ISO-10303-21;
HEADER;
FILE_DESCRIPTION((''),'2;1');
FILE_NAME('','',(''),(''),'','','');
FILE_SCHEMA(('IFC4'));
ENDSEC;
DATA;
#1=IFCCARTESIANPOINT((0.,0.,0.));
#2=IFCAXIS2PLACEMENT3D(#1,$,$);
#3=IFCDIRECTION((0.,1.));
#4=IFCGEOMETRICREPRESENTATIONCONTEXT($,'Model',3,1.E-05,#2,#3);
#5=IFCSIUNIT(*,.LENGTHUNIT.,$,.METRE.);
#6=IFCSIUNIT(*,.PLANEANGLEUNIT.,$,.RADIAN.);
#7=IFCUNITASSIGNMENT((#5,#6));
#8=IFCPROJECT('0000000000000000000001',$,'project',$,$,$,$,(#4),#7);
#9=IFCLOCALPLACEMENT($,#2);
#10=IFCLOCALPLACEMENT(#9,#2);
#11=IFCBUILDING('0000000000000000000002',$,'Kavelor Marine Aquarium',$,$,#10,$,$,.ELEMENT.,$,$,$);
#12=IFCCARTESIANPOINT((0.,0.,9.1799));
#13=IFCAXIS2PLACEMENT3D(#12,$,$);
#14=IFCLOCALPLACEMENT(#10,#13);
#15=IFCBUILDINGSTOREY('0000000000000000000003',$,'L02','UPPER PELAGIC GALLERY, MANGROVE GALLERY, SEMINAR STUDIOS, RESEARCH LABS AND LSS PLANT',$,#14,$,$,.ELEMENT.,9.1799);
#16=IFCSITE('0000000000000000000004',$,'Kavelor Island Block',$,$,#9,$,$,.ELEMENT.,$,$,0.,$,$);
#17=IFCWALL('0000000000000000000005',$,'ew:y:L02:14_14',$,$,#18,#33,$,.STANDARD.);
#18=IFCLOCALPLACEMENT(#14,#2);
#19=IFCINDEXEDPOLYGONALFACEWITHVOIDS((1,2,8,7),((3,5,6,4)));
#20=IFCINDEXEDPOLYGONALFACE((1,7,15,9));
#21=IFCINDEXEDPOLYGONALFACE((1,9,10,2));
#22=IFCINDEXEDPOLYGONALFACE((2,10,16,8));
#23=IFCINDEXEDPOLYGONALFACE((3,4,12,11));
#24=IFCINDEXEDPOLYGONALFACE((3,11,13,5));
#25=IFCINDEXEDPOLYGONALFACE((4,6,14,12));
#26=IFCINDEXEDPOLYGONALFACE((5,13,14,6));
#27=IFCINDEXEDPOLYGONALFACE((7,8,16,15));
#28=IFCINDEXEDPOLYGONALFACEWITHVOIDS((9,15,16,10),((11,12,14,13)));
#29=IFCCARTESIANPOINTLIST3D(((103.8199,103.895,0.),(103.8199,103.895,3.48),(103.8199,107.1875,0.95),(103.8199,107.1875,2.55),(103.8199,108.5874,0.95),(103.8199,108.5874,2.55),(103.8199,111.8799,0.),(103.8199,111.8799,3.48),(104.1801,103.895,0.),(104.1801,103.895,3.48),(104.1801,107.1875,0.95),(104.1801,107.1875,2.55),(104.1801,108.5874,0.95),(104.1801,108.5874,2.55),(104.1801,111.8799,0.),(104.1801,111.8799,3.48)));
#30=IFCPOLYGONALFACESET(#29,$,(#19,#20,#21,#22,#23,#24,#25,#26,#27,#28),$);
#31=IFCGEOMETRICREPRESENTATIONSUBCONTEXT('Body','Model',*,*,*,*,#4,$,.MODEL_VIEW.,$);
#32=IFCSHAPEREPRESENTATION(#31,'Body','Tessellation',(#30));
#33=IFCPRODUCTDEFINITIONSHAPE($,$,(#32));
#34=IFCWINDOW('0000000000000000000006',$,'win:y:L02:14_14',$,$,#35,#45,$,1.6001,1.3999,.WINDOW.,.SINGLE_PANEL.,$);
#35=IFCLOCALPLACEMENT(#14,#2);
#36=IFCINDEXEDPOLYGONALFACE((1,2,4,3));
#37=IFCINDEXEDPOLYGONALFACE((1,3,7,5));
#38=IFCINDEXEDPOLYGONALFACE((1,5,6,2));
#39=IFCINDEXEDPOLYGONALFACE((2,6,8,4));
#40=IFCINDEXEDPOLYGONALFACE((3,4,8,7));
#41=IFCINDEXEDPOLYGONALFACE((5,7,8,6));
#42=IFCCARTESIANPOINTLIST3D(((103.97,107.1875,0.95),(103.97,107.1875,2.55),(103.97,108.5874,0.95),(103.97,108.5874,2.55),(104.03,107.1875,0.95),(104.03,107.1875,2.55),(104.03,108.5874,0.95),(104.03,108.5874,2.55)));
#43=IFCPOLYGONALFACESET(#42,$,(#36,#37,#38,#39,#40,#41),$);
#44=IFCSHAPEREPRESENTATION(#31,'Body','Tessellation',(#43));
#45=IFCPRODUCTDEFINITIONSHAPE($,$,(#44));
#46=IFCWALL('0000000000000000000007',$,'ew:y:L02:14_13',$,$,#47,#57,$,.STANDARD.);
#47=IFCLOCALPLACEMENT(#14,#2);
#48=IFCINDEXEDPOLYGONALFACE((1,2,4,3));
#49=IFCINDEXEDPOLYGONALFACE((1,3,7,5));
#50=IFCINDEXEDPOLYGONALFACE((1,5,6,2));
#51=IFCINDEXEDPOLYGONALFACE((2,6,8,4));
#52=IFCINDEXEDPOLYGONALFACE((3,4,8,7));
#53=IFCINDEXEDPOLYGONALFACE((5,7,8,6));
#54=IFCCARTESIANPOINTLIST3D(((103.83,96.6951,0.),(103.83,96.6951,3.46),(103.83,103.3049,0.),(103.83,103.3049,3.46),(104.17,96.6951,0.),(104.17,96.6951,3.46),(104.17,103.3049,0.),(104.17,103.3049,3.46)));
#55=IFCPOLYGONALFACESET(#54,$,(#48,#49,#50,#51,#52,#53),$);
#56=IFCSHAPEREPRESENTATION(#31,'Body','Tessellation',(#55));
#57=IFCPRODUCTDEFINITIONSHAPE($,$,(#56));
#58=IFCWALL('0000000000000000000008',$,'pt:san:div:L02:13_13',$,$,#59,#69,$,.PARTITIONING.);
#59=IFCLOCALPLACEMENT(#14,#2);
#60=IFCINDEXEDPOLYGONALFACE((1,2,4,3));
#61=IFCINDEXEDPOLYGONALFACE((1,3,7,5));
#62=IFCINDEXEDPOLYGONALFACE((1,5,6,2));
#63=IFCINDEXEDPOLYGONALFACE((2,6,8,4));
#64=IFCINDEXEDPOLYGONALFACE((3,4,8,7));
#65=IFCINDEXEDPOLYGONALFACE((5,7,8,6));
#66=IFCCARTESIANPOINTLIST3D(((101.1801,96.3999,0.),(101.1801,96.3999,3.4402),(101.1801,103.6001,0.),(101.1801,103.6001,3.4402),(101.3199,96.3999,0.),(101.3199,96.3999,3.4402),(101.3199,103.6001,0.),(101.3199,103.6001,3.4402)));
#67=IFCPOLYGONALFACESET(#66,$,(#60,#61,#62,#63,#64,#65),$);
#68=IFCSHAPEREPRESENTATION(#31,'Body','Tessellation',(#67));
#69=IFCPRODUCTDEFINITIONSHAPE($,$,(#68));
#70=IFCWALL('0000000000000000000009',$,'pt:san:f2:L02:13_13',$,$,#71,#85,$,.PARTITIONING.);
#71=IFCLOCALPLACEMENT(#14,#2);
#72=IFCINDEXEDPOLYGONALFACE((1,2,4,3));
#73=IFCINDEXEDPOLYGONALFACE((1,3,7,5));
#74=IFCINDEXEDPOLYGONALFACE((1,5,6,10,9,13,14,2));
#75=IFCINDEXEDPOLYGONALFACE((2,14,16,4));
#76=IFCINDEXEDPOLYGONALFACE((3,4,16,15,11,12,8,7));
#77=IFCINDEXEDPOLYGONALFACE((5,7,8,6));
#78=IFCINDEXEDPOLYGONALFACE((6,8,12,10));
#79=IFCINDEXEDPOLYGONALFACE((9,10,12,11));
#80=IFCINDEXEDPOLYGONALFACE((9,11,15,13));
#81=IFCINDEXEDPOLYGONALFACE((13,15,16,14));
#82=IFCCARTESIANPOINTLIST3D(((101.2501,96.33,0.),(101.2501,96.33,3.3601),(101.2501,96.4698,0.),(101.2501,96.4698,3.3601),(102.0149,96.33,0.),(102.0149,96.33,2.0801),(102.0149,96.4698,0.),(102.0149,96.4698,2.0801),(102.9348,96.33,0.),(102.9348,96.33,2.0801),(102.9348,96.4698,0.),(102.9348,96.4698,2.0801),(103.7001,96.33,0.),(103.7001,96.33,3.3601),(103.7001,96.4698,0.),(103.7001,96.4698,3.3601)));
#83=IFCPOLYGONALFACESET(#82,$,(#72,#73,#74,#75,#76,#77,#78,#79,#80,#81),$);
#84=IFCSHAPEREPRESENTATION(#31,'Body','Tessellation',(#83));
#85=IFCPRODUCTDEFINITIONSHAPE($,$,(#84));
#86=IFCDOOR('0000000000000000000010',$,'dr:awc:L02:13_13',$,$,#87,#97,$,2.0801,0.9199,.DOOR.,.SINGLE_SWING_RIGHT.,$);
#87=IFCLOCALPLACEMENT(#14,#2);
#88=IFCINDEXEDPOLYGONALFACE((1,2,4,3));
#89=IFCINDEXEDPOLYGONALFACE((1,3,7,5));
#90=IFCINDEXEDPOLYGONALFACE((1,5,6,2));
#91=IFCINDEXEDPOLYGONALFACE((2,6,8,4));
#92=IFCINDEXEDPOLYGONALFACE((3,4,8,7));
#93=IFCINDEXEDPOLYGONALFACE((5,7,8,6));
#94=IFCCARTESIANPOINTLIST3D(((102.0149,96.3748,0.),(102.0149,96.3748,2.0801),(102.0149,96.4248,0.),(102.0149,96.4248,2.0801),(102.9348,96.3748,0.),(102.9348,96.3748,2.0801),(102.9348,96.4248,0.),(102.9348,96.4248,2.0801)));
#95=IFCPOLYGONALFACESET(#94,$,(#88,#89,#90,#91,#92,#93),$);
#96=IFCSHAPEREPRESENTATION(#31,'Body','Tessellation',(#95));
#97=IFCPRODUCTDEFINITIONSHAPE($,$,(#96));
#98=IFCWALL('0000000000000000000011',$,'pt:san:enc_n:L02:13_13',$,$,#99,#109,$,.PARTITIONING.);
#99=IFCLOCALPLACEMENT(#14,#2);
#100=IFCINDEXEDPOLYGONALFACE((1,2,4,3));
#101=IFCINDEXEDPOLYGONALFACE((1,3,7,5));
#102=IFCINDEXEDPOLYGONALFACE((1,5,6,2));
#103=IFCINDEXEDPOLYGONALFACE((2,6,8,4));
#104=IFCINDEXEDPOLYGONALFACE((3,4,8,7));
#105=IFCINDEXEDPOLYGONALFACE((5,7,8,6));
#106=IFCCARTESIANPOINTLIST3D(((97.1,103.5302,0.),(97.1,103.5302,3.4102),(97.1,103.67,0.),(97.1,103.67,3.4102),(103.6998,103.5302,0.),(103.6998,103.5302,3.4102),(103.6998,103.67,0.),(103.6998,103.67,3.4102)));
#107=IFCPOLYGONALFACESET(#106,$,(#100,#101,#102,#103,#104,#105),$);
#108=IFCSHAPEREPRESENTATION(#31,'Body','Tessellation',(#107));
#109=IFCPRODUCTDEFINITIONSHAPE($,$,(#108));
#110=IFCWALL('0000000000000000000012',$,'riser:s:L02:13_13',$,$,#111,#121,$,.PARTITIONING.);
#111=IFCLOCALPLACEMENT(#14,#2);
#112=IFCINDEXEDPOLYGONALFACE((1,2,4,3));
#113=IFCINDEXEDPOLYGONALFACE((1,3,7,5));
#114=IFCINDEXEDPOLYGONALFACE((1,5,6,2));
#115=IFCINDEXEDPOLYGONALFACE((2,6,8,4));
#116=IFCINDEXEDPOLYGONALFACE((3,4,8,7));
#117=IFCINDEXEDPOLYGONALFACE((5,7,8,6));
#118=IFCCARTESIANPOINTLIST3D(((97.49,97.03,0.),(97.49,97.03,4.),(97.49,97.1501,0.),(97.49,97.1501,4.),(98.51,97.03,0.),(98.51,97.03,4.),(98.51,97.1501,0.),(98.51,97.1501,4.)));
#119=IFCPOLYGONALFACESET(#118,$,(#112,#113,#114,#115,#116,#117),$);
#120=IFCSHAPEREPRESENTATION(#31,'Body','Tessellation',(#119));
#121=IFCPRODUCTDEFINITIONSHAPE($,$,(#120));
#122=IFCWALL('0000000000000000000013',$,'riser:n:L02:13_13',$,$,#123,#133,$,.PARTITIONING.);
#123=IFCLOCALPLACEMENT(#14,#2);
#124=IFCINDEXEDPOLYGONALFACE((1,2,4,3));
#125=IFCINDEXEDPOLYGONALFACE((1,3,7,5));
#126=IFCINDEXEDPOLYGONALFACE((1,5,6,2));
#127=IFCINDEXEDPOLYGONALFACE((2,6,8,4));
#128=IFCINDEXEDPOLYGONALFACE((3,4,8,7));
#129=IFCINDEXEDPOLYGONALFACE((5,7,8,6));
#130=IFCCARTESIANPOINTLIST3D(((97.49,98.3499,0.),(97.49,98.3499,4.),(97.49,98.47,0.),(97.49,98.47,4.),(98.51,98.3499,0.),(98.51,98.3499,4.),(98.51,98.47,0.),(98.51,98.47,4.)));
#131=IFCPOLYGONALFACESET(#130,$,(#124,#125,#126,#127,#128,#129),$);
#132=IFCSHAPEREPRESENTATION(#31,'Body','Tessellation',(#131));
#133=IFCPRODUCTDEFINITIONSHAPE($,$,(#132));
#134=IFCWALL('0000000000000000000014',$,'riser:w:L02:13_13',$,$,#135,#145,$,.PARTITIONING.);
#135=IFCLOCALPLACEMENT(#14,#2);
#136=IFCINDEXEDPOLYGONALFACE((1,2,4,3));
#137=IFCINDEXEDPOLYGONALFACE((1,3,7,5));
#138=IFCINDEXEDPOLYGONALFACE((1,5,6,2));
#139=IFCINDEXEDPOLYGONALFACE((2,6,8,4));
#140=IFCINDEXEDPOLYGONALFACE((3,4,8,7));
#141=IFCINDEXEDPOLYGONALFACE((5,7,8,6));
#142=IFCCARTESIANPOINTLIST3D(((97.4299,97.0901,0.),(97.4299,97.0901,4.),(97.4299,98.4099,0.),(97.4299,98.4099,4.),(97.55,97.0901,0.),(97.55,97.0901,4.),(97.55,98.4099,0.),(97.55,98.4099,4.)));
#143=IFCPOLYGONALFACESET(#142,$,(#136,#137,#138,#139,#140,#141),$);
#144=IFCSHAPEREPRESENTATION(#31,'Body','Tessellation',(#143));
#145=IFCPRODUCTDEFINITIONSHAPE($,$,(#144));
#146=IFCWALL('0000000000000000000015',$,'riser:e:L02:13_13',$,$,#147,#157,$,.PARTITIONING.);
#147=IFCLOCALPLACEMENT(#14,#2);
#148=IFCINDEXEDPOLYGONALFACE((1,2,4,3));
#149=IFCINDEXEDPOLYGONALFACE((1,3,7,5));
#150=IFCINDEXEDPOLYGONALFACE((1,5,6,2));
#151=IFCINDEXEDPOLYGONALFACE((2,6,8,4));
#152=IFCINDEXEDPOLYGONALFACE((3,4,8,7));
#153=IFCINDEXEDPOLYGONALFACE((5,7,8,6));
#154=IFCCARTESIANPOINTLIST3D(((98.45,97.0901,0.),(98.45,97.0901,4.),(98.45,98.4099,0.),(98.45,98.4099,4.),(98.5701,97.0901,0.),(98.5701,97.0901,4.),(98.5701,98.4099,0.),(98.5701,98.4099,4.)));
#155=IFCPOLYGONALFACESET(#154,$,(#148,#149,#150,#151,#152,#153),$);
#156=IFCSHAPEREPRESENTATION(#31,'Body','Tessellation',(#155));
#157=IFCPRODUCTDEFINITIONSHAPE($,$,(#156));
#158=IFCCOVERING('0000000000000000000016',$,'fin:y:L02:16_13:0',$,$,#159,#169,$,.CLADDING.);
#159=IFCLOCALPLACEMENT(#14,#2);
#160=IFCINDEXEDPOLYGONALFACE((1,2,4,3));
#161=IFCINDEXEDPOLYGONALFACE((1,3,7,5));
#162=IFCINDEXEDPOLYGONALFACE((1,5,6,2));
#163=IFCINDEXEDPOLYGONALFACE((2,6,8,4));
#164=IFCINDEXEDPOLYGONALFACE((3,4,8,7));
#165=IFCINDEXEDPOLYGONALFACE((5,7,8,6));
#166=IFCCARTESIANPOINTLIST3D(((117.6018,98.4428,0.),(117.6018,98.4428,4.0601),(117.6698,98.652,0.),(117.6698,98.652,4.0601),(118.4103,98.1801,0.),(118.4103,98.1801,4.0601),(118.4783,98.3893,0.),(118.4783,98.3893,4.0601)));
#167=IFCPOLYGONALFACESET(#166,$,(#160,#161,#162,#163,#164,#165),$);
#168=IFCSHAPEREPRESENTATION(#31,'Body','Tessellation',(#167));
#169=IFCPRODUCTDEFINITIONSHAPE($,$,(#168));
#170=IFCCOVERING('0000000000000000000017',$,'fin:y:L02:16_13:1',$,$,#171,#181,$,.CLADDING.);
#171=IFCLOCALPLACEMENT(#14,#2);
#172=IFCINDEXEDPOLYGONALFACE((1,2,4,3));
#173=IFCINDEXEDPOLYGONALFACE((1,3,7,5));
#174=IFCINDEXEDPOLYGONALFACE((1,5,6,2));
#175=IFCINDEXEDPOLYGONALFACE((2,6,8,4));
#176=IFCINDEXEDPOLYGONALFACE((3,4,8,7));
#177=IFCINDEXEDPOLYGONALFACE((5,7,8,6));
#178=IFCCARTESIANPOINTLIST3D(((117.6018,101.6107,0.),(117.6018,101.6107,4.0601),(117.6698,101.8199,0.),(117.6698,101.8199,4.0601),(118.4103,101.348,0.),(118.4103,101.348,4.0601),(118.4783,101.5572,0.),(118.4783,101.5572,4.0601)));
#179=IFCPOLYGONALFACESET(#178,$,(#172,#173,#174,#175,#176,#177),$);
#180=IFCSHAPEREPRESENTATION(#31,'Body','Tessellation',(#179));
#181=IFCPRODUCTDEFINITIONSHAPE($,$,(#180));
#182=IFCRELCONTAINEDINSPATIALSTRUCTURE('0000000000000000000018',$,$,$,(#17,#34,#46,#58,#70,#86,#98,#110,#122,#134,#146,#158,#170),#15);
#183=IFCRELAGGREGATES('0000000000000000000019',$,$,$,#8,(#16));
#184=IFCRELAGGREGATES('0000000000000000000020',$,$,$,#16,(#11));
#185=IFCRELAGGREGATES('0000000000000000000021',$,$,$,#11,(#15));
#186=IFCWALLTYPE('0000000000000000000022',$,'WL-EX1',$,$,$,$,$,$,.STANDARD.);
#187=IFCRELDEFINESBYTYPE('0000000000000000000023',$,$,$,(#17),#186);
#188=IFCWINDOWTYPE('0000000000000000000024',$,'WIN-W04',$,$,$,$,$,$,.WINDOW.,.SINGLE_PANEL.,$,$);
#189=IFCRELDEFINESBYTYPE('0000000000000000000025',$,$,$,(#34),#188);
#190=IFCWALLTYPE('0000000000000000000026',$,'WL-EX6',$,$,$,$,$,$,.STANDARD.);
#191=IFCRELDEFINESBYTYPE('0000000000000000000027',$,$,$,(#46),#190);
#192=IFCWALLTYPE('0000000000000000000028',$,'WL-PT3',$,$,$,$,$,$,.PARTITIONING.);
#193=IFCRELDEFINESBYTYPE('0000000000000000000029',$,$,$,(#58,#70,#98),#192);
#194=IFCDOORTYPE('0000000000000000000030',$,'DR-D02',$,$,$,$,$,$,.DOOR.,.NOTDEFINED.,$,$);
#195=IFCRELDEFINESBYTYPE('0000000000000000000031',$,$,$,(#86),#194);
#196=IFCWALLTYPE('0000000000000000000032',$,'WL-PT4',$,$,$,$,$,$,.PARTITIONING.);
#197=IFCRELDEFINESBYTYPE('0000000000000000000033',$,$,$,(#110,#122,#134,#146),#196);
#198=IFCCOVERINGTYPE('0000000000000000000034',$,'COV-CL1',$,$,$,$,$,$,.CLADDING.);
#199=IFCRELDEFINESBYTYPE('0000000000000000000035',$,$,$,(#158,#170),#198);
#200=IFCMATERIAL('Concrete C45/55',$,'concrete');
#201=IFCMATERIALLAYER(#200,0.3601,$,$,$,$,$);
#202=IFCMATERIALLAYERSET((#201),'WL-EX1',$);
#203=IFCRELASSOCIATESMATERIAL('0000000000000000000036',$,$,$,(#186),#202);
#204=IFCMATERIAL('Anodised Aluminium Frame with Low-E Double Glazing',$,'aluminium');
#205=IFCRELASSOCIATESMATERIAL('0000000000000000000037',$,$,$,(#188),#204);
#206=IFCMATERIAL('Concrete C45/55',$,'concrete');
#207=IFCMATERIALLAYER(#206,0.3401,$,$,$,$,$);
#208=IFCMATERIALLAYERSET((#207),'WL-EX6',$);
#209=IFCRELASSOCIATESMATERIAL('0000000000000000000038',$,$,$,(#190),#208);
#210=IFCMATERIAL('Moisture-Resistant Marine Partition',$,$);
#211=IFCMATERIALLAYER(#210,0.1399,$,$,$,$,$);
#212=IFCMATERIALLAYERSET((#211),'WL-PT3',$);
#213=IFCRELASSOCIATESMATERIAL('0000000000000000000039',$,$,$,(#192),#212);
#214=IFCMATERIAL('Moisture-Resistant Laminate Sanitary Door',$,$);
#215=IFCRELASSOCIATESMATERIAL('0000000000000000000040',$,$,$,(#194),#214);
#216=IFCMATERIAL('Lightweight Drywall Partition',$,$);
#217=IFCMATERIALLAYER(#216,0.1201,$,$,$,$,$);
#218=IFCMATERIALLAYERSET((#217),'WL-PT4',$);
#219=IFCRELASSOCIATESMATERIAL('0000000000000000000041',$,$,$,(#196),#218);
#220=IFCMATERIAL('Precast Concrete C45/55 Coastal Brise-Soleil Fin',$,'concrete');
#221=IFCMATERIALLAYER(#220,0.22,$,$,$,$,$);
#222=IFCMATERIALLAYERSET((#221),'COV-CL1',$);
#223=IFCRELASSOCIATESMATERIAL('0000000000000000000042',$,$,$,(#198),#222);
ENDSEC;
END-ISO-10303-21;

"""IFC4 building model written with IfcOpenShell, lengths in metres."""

from ifc_helpers import new_model, si_unit, direction, frame, frame_2d, origin, origin_2d, place, context, subcontext, project, spatial, rectangle, extrude, material, layer, layer_set, type_object, element, fill, save


model = new_model("IFC4")

# Units and contexts
model_context = context("Model", 3, precision=1e-05, world=origin(), true_north=direction((0.0, 1.0)))
body_context = subcontext(model_context, "Body", "Model", "MODEL_VIEW")
ifc_project = project(units=[si_unit("LENGTHUNIT", "METRE"), si_unit("PLANEANGLEUNIT", "RADIAN")], contexts=[model_context])

# Site, building, storey
site_placement = place(None, origin())
site = spatial("IfcSite", under=ifc_project, at=site_placement, Name="Kavelor Island Block", CompositionType="ELEMENT", RefElevation=0.0)
building_placement = place(site_placement, origin())
building = spatial("IfcBuilding", under=site, at=building_placement, Name="Kavelor Marine Aquarium", CompositionType="ELEMENT")
storey_placement = place(building_placement, frame((0.0, 0.0, 9.1799)))
storey = spatial("IfcBuildingStorey", under=building, at=storey_placement, Name="L02", Description="UPPER PELAGIC GALLERY, MANGROVE GALLERY, SEMINAR STUDIOS, RESEARCH LABS AND LSS PLANT", CompositionType="ELEMENT", Elevation=9.1799)

# Wall, opening, window
ifc_material_1 = material(Name="Concrete C45/55", Category="concrete")
ifc_layer_1 = layer(ifc_material_1, 0.3601)
ifc_layer_set_1 = layer_set([ifc_layer_1], Name="WL-EX1")
wall_type_1 = type_object("IfcWallType", Name="WL-EX1", PredefinedType="STANDARD", material=ifc_layer_set_1)
wall_1_placement = place(storey_placement, frame((104.0, 111.8799, 0.0), z_axis=(0.0, 0.0, 1.0), x_axis=(0.0, -1.0, 0.0)))
wall_1 = element("IfcWall", 1, at=wall_1_placement, inside=storey, type_object=wall_type_1, Name="ew:y:L02:14_14", PredefinedType="STANDARD", context=body_context, shape_type="SweptSolid", body=[
    extrude(rectangle(XDim=7.9849, YDim=0.3601, at=frame_2d((3.9924, 0.0))), origin(), (0.0, 0.0, 1.0), 3.48),
])
opening_1_placement = place(wall_1_placement, frame((3.2925, 0.0, 0.95)))
opening_1 = element("IfcOpeningElement", 2, at=opening_1_placement, cuts=wall_1, PredefinedType="OPENING", context=body_context, shape_type="SweptSolid", body=[
    extrude(rectangle(XDim=1.3999, YDim=1.6001, at=frame_2d((0.7, 0.8))), frame((0.0, 0.1899, 0.0), z_axis=(0.0, -1.0, 0.0), x_axis=(1.0, 0.0, 0.0)), (0.0, 0.0, 1.0), 0.3801),
])
ifc_material_2 = material(Name="Anodised Aluminium Frame with Low-E Double Glazing", Category="aluminium")
window_type = type_object("IfcWindowType", Name="WIN-W04", PartitioningType="SINGLE_PANEL", PredefinedType="WINDOW", material=ifc_material_2)
window_placement = place(opening_1_placement, origin())
window = element("IfcWindow", 3, at=window_placement, inside=storey, type_object=window_type, Name="win:y:L02:14_14", OverallHeight=1.6001, OverallWidth=1.3999, PartitioningType="SINGLE_PANEL", PredefinedType="WINDOW", context=body_context, shape_type="SweptSolid", body=[
    extrude(rectangle(XDim=1.3999, YDim=1.6001, at=frame_2d((0.7, 0.8))), frame((0.0, 0.03, 0.0), z_axis=(0.0, -1.0, 0.0), x_axis=(1.0, 0.0, 0.0)), (0.0, 0.0, 1.0), 0.0601),
])
fill(opening_1, window)

# Walls
ifc_material_3 = material(Name="Concrete C45/55", Category="concrete")
ifc_layer_2 = layer(ifc_material_3, 0.3401)
ifc_layer_set_2 = layer_set([ifc_layer_2], Name="WL-EX6")
wall_type_2 = type_object("IfcWallType", Name="WL-EX6", PredefinedType="STANDARD", material=ifc_layer_set_2)
wall_2_placement = place(storey_placement, frame((104.0, 103.3049, 0.0), z_axis=(0.0, 0.0, 1.0), x_axis=(0.0, -1.0, 0.0)))
element("IfcWall", 4, at=wall_2_placement, inside=storey, type_object=wall_type_2, Name="ew:y:L02:14_13", PredefinedType="STANDARD", context=body_context, shape_type="SweptSolid", body=[
    extrude(rectangle(XDim=6.6099, YDim=0.3401, at=frame_2d((3.3049, 0.0))), origin(), (0.0, 0.0, 1.0), 3.46),
])
ifc_material_4 = material(Name="Moisture-Resistant Marine Partition")
ifc_layer_3 = layer(ifc_material_4, 0.1399)
ifc_layer_set_3 = layer_set([ifc_layer_3], Name="WL-PT3")
wall_type_3 = type_object("IfcWallType", Name="WL-PT3", PredefinedType="PARTITIONING", material=ifc_layer_set_3)
wall_3_placement = place(storey_placement, frame((101.25, 96.3999, 0.0), z_axis=(0.0, 0.0, 1.0), x_axis=(0.0, 1.0, 0.0)))
element("IfcWall", 5, at=wall_3_placement, inside=storey, type_object=wall_type_3, Name="pt:san:div:L02:13_13", PredefinedType="PARTITIONING", context=body_context, shape_type="SweptSolid", body=[
    extrude(rectangle(XDim=7.2002, YDim=0.1399, at=frame_2d((3.6001, 0.0))), origin(), (0.0, 0.0, 1.0), 3.4402),
])

# Wall, opening, door
wall_4_placement = place(storey_placement, frame((101.25, 96.3999, 0.0), z_axis=(0.0, 0.0, 1.0), x_axis=(1.0, 0.0, 0.0)))
wall_4 = element("IfcWall", 6, at=wall_4_placement, inside=storey, type_object=wall_type_3, Name="pt:san:f2:L02:13_13", PredefinedType="PARTITIONING", context=body_context, shape_type="SweptSolid", body=[
    extrude(rectangle(XDim=2.45, YDim=0.1399, at=frame_2d((1.2251, 0.0))), origin(), (0.0, 0.0, 1.0), 3.3601),
])
opening_2_placement = place(wall_4_placement, frame((0.7649, 0.0, 0.0)))
opening_2 = element("IfcOpeningElement", 7, at=opening_2_placement, cuts=wall_4, PredefinedType="OPENING", context=body_context, shape_type="SweptSolid", body=[
    extrude(rectangle(XDim=0.9199, YDim=2.0801, at=frame_2d((0.46, 1.04))), frame((0.0, 0.0798, 0.0), z_axis=(0.0, -1.0, 0.0), x_axis=(1.0, 0.0, 0.0)), (0.0, 0.0, 1.0), 0.1599),
])
ifc_material_5 = material(Name="Moisture-Resistant Laminate Sanitary Door")
door_type = type_object("IfcDoorType", Name="DR-D02", OperationType="NOTDEFINED", PredefinedType="DOOR", material=ifc_material_5)
door_placement = place(opening_2_placement, origin())
door = element("IfcDoor", 8, at=door_placement, inside=storey, type_object=door_type, Name="dr:awc:L02:13_13", OperationType="SINGLE_SWING_RIGHT", OverallHeight=2.0801, OverallWidth=0.9199, PredefinedType="DOOR", context=body_context, shape_type="SweptSolid", body=[
    extrude(rectangle(XDim=0.9199, YDim=2.0801, at=frame_2d((0.46, 1.04))), frame((0.0, 0.0249, 0.0), z_axis=(0.0, -1.0, 0.0), x_axis=(1.0, 0.0, 0.0)), (0.0, 0.0, 1.0), 0.05),
])
fill(opening_2, door)

# Walls
wall_5_placement = place(storey_placement, frame((97.1001, 103.6001, 0.0), z_axis=(0.0, 0.0, 1.0), x_axis=(1.0, 0.0, 0.0)))
element("IfcWall", 9, at=wall_5_placement, inside=storey, type_object=wall_type_3, Name="pt:san:enc_n:L02:13_13", PredefinedType="PARTITIONING", context=body_context, shape_type="SweptSolid", body=[
    extrude(rectangle(XDim=6.5999, YDim=0.1399, at=frame_2d((3.2998, 0.0))), origin(), (0.0, 0.0, 1.0), 3.4102),
])
ifc_material_6 = material(Name="Lightweight Drywall Partition")
ifc_layer_4 = layer(ifc_material_6, 0.1201)
ifc_layer_set_4 = layer_set([ifc_layer_4], Name="WL-PT4")
wall_type_4 = type_object("IfcWallType", Name="WL-PT4", PredefinedType="PARTITIONING", material=ifc_layer_set_4)
for number, where, z_axis, x_axis, name in (
    (10, (97.49, 97.0901, 0.0), (0.0, 0.0, 1.0), (1.0, 0.0, 0.0), "riser:s:L02:13_13"),
    (11, (97.49, 98.4099, 0.0), (0.0, 0.0, 1.0), (1.0, 0.0, 0.0), "riser:n:L02:13_13"),
):
    element("IfcWall", number, at=place(storey_placement, frame(where, z_axis=z_axis, x_axis=x_axis)), inside=storey, type_object=wall_type_4, Name=name, PredefinedType="PARTITIONING", context=body_context, shape_type="SweptSolid", body=[
        extrude(rectangle(XDim=1.02, YDim=0.1201, at=frame_2d((0.51, 0.0))), origin(), (0.0, 0.0, 1.0), 4.0),
    ])
for number, where, z_axis, x_axis, name in (
    (12, (97.49, 97.0901, 0.0), (0.0, 0.0, 1.0), (0.0, 1.0, 0.0), "riser:w:L02:13_13"),
    (13, (98.51, 97.0901, 0.0), (0.0, 0.0, 1.0), (0.0, 1.0, 0.0), "riser:e:L02:13_13"),
):
    element("IfcWall", number, at=place(storey_placement, frame(where, z_axis=z_axis, x_axis=x_axis)), inside=storey, type_object=wall_type_4, Name=name, PredefinedType="PARTITIONING", context=body_context, shape_type="SweptSolid", body=[
        extrude(rectangle(XDim=1.3198, YDim=0.1201, at=frame_2d((0.6599, 0.0))), origin(), (0.0, 0.0, 1.0), 4.0),
    ])

# Coverings
ifc_material_7 = material(Name="Precast Concrete C45/55 Coastal Brise-Soleil Fin", Category="concrete")
ifc_layer_5 = layer(ifc_material_7, 0.22)
ifc_layer_set_5 = layer_set([ifc_layer_5], Name="COV-CL1")
covering_type = type_object("IfcCoveringType", Name="COV-CL1", PredefinedType="CLADDING", material=ifc_layer_set_5)
for number, where, z_axis, x_axis, name in (
    (14, (118.04, 98.416, 0.0), (0.0, 0.0, 1.0), (0.951057, -0.309017, 0.0), "fin:y:L02:16_13:0"),
    (15, (118.04, 101.584, 0.0), (0.0, 0.0, 1.0), (0.951057, -0.309017, 0.0), "fin:y:L02:16_13:1"),
):
    element("IfcCovering", number, at=place(storey_placement, frame(where, z_axis=z_axis, x_axis=x_axis)), inside=storey, type_object=covering_type, Name=name, PredefinedType="CLADDING", context=body_context, shape_type="SweptSolid", body=[
        extrude(rectangle(XDim=0.8501, YDim=0.22, at=origin_2d()), origin(), (0.0, 0.0, 1.0), 4.0601),
    ])

save(model, "model.ifc")
